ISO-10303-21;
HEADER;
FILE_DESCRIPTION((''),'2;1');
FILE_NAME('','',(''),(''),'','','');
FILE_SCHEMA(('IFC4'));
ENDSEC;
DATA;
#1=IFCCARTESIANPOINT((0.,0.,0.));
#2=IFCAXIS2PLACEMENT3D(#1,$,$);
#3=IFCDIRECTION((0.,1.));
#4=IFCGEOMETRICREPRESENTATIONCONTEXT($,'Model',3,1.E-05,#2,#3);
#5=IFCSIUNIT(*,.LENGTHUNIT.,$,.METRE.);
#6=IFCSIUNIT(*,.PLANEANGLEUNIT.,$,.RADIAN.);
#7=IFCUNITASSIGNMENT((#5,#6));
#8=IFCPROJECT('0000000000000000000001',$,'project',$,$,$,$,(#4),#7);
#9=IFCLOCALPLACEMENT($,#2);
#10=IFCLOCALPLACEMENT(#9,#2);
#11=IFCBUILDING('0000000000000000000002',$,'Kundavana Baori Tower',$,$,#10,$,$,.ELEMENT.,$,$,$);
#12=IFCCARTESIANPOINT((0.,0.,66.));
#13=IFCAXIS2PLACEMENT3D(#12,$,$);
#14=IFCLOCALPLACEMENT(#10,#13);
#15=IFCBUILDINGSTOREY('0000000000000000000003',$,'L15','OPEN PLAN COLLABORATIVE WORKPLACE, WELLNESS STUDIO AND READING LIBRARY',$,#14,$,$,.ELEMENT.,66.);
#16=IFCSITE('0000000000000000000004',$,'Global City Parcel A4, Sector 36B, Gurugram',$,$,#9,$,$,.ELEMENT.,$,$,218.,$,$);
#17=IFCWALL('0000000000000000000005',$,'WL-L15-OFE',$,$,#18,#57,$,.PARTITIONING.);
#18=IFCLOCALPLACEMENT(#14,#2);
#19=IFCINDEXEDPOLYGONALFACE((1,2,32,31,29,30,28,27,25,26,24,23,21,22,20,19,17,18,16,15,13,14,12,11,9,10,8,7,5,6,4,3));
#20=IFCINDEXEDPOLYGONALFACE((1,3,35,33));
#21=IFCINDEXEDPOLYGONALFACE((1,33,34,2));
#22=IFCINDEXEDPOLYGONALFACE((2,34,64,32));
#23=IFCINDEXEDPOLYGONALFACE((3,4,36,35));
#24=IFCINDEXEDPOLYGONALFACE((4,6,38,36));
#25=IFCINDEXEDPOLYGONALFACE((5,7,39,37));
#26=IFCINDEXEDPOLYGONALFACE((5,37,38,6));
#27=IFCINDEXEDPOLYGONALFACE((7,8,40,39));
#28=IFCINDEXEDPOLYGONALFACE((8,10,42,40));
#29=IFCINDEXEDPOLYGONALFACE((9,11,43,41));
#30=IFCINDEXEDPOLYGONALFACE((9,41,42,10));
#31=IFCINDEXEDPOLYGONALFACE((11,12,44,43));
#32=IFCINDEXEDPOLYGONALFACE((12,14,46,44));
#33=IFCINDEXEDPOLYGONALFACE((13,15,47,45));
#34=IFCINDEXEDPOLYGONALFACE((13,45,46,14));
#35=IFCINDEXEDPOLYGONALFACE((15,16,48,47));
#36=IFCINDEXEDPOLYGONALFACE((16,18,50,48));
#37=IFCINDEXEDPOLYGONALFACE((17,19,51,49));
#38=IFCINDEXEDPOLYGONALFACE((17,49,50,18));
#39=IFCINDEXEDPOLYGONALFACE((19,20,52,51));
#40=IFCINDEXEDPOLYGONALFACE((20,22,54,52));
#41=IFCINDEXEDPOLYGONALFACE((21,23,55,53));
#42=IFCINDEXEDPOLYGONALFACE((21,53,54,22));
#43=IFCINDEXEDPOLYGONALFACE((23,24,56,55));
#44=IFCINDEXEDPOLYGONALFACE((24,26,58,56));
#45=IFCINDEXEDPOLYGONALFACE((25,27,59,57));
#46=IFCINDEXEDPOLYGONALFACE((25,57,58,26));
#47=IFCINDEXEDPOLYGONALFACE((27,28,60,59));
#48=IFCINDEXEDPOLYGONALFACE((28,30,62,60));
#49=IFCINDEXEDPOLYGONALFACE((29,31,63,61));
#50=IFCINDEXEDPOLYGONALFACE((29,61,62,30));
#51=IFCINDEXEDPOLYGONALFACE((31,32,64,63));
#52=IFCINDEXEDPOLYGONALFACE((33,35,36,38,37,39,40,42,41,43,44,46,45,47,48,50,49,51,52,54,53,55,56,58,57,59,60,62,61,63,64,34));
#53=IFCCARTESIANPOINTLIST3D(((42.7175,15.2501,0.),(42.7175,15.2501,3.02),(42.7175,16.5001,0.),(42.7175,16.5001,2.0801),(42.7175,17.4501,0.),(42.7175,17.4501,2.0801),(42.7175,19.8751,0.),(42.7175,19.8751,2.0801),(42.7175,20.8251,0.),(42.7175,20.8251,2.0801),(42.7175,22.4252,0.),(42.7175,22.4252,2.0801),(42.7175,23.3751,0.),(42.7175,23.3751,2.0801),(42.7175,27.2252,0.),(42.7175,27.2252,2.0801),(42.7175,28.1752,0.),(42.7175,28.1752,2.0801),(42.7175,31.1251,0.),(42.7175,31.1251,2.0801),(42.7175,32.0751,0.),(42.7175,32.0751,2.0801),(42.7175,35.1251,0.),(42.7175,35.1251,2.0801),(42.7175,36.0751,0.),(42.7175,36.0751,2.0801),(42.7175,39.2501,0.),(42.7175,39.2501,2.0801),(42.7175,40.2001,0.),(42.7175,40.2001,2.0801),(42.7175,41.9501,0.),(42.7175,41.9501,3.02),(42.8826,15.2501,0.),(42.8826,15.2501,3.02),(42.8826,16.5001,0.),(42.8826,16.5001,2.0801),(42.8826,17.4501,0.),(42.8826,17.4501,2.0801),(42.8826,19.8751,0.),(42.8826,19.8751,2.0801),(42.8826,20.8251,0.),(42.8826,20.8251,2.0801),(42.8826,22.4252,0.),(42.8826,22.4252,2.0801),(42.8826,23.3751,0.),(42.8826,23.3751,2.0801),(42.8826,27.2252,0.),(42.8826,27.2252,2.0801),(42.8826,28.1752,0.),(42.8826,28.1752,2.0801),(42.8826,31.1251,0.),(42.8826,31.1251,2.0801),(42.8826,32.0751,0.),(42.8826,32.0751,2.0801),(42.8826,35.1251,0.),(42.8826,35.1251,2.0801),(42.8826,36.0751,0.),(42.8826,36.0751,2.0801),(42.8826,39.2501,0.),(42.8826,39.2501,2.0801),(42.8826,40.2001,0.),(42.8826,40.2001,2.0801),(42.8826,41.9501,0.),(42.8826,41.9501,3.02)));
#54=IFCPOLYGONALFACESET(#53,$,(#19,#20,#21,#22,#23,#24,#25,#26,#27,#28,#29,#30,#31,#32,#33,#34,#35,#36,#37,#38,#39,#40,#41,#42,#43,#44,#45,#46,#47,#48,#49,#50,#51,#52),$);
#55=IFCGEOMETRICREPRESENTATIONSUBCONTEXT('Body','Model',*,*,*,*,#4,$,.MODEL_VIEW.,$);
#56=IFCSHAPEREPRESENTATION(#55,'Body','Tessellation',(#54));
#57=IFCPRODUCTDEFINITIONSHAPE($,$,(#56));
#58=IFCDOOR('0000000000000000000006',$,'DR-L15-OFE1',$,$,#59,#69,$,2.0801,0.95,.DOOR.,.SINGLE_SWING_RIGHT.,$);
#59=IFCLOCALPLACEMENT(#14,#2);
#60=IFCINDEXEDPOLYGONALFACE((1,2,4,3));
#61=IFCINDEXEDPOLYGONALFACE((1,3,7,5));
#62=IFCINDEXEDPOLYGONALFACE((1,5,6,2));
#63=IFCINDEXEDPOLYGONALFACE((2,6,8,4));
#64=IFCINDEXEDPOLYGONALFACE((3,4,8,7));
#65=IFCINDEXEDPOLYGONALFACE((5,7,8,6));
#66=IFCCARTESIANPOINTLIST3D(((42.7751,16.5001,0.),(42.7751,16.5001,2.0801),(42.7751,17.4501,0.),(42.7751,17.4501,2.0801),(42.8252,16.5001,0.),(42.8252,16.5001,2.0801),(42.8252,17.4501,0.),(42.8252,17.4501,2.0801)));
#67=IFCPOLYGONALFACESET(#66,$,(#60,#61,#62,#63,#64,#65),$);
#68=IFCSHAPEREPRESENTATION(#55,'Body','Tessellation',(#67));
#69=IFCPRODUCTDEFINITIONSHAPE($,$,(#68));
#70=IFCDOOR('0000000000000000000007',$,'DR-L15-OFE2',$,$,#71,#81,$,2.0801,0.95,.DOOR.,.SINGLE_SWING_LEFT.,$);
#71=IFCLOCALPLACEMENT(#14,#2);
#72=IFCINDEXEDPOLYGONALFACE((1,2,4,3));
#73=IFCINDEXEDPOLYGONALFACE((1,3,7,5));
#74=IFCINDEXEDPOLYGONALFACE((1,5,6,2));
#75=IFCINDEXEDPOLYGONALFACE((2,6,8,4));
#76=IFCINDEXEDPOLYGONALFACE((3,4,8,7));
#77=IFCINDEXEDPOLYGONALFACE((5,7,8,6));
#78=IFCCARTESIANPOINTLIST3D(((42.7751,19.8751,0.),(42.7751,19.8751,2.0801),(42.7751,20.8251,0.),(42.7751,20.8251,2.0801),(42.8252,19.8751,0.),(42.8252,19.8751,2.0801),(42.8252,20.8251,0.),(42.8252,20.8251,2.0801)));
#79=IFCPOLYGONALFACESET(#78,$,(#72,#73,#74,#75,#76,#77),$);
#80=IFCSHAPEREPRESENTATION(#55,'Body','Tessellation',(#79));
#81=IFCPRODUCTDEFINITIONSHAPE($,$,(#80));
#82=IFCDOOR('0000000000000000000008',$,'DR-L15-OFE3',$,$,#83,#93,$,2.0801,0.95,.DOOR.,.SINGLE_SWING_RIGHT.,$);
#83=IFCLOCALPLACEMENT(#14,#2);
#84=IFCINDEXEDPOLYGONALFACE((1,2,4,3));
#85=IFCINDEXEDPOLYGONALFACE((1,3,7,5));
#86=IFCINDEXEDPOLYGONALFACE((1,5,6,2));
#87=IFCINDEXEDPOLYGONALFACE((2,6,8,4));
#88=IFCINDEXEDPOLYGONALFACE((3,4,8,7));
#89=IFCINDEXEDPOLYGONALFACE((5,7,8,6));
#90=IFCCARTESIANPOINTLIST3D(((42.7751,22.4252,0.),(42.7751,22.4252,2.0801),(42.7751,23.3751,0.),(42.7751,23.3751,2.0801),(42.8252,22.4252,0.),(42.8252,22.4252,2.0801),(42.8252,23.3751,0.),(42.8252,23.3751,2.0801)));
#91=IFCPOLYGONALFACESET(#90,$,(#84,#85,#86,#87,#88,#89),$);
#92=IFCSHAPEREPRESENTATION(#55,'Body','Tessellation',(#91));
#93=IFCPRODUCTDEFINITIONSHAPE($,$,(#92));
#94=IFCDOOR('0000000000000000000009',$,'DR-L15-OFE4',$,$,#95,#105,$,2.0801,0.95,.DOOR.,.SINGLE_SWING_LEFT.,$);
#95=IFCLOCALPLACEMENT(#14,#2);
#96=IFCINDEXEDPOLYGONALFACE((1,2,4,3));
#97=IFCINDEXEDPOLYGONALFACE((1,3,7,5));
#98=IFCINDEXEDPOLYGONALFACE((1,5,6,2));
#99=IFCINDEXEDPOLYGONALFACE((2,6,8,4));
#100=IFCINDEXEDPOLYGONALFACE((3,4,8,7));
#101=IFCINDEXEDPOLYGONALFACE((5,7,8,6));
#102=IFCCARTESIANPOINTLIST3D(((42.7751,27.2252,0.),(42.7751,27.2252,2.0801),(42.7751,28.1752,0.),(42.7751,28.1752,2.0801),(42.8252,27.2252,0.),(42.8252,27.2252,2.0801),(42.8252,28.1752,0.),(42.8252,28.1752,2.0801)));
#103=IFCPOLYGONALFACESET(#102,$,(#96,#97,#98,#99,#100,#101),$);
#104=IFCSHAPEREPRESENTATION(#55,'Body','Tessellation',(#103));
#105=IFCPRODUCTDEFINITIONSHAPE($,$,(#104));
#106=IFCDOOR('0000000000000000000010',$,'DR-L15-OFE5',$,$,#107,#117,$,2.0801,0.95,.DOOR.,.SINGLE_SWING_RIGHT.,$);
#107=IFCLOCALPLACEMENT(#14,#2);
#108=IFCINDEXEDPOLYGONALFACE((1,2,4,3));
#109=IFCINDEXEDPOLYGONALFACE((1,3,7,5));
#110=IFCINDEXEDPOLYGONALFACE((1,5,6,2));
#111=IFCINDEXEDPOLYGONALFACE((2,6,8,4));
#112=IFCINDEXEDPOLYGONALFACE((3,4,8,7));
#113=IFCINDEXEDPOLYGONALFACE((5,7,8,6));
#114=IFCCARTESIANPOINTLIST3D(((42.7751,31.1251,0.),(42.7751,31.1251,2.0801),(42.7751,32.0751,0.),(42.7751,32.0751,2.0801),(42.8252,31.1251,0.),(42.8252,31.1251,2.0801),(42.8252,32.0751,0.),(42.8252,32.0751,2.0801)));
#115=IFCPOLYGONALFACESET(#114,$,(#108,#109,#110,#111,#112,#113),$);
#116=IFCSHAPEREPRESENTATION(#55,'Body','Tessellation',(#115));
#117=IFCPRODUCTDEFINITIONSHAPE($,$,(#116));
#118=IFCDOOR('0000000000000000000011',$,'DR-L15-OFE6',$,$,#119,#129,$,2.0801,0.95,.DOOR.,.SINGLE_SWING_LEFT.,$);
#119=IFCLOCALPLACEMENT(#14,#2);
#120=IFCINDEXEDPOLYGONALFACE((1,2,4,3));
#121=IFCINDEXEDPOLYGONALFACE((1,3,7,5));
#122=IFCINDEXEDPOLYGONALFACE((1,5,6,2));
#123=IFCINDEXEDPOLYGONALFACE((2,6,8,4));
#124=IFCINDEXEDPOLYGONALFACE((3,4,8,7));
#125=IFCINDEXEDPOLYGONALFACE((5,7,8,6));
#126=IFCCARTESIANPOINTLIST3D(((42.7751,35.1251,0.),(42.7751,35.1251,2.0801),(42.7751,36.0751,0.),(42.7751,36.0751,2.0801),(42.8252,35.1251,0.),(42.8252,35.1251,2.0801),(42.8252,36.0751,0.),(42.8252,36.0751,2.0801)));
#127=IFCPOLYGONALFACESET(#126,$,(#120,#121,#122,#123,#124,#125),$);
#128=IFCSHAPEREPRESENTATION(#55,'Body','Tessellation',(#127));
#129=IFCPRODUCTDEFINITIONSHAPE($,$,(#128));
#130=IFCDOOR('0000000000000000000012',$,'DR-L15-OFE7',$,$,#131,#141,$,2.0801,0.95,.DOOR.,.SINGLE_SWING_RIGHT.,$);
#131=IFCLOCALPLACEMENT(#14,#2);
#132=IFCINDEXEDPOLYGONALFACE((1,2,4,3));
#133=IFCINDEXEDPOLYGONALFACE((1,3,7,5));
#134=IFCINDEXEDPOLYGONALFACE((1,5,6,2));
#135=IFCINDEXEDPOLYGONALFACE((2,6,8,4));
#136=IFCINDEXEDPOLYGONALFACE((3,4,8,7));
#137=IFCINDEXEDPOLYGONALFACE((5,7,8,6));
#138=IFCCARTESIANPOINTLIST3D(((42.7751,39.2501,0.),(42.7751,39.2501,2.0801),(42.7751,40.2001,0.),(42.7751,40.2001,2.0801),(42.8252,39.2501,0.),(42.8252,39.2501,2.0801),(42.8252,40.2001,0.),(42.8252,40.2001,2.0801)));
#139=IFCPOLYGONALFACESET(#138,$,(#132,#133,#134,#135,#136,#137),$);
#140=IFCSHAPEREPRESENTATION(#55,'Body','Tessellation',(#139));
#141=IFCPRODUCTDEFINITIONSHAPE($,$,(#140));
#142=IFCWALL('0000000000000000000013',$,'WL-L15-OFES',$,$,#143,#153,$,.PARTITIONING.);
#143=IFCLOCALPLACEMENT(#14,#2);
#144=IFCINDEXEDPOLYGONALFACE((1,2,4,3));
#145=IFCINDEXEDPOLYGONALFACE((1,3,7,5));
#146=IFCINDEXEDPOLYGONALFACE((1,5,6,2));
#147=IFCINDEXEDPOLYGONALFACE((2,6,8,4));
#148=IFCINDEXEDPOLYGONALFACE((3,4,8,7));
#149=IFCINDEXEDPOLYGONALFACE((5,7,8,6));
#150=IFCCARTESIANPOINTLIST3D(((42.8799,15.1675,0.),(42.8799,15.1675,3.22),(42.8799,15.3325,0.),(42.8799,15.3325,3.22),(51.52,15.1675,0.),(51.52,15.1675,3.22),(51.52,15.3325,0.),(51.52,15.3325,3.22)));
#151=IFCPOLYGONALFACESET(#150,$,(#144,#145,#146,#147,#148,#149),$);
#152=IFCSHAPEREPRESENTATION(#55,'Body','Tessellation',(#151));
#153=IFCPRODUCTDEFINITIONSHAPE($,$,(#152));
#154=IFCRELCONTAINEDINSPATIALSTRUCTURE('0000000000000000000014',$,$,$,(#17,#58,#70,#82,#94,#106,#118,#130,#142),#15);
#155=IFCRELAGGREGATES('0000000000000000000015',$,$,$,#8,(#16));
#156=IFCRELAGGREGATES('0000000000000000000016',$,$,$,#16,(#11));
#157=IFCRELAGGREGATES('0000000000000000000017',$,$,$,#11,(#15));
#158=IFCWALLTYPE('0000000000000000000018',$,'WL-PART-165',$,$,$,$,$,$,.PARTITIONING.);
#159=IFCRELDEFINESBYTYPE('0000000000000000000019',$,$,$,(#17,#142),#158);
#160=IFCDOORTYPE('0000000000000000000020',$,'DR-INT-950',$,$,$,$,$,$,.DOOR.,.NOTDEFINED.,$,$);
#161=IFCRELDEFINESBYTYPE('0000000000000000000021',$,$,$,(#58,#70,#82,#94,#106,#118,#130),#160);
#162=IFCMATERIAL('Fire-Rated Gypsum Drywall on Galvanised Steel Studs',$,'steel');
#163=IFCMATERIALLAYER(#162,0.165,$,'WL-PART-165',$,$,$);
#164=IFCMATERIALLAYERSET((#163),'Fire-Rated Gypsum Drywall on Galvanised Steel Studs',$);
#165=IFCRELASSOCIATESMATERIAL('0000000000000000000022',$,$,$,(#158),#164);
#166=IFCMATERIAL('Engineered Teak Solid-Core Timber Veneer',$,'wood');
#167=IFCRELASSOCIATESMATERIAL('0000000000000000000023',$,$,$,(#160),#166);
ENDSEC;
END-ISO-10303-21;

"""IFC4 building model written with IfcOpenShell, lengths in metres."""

from ifc_helpers import new_model, si_unit, direction, frame, frame_2d, origin, place, context, subcontext, project, spatial, rectangle, extrude, material, layer, layer_set, type_object, element, fill, save


model = new_model("IFC4")

# Units and contexts
model_context = context("Model", 3, precision=1e-05, world=origin(), true_north=direction((0.0, 1.0)))
body_context = subcontext(model_context, "Body", "Model", "MODEL_VIEW")
ifc_project = project(units=[si_unit("LENGTHUNIT", "METRE"), si_unit("PLANEANGLEUNIT", "RADIAN")], contexts=[model_context])

# Site, building, storey
site_placement = place(None, origin())
site = spatial("IfcSite", under=ifc_project, at=site_placement, Name="Global City Parcel A4, Sector 36B, Gurugram", CompositionType="ELEMENT", RefElevation=218.0)
building_placement = place(site_placement, origin())
building = spatial("IfcBuilding", under=site, at=building_placement, Name="Kundavana Baori Tower", CompositionType="ELEMENT")
storey_placement = place(building_placement, frame((0.0, 0.0, 66.0)))
storey = spatial("IfcBuildingStorey", under=building, at=storey_placement, Name="L15", Description="OPEN PLAN COLLABORATIVE WORKPLACE, WELLNESS STUDIO AND READING LIBRARY", CompositionType="ELEMENT", Elevation=66.0)

# Wall, openings, doors
ifc_material_1 = material(Name="Fire-Rated Gypsum Drywall on Galvanised Steel Studs", Category="steel")
ifc_layer_1 = layer(ifc_material_1, 0.165, Name="WL-PART-165")
ifc_layer_set_1 = layer_set([ifc_layer_1], Name="Fire-Rated Gypsum Drywall on Galvanised Steel Studs")
wall_type_1 = type_object("IfcWallType", Name="WL-PART-165", PredefinedType="PARTITIONING", material=ifc_layer_set_1)
wall_1_placement = place(storey_placement, frame((42.8, 15.25, 0.0), z_axis=(0.0, 0.0, 1.0), x_axis=(0.0, 1.0, 0.0)))
wall_1 = element("IfcWall", 1, at=wall_1_placement, inside=storey, type_object=wall_type_1, Name="WL-L15-OFE", PredefinedType="PARTITIONING", context=body_context, shape_type="SweptSolid", body=[
    extrude(rectangle(XDim=26.7, YDim=0.165, at=frame_2d((13.3501, 0.0))), origin(), (0.0, 0.0, 1.0), 3.02),
])
opening_1_placement = place(wall_1_placement, frame((1.25, 0.0, 0.0)))
opening_1 = element("IfcOpeningElement", 2, at=opening_1_placement, cuts=wall_1, PredefinedType="OPENING", context=body_context, shape_type="SweptSolid", body=[
    extrude(rectangle(XDim=0.95, YDim=2.0801, at=frame_2d((0.4751, 1.04))), frame((0.0, 0.0925, 0.0), z_axis=(0.0, -1.0, 0.0), x_axis=(1.0, 0.0, 0.0)), (0.0, 0.0, 1.0), 0.1851),
])
opening_2_placement = place(wall_1_placement, frame((4.625, 0.0, 0.0)))
opening_2 = element("IfcOpeningElement", 3, at=opening_2_placement, cuts=wall_1, PredefinedType="OPENING", context=body_context, shape_type="SweptSolid", body=[
    extrude(rectangle(XDim=0.95, YDim=2.0801, at=frame_2d((0.4751, 1.04))), frame((0.0, 0.0925, 0.0), z_axis=(0.0, -1.0, 0.0), x_axis=(1.0, 0.0, 0.0)), (0.0, 0.0, 1.0), 0.1851),
])
opening_3_placement = place(wall_1_placement, frame((7.175, 0.0, 0.0)))
opening_3 = element("IfcOpeningElement", 4, at=opening_3_placement, cuts=wall_1, PredefinedType="OPENING", context=body_context, shape_type="SweptSolid", body=[
    extrude(rectangle(XDim=0.95, YDim=2.0801, at=frame_2d((0.4751, 1.04))), frame((0.0, 0.0925, 0.0), z_axis=(0.0, -1.0, 0.0), x_axis=(1.0, 0.0, 0.0)), (0.0, 0.0, 1.0), 0.1851),
])
opening_4_placement = place(wall_1_placement, frame((11.9751, 0.0, 0.0)))
opening_4 = element("IfcOpeningElement", 5, at=opening_4_placement, cuts=wall_1, PredefinedType="OPENING", context=body_context, shape_type="SweptSolid", body=[
    extrude(rectangle(XDim=0.95, YDim=2.0801, at=frame_2d((0.4751, 1.04))), frame((0.0, 0.0925, 0.0), z_axis=(0.0, -1.0, 0.0), x_axis=(1.0, 0.0, 0.0)), (0.0, 0.0, 1.0), 0.1851),
])
opening_5_placement = place(wall_1_placement, frame((15.875, 0.0, 0.0)))
opening_5 = element("IfcOpeningElement", 6, at=opening_5_placement, cuts=wall_1, PredefinedType="OPENING", context=body_context, shape_type="SweptSolid", body=[
    extrude(rectangle(XDim=0.95, YDim=2.0801, at=frame_2d((0.4751, 1.04))), frame((0.0, 0.0925, 0.0), z_axis=(0.0, -1.0, 0.0), x_axis=(1.0, 0.0, 0.0)), (0.0, 0.0, 1.0), 0.1851),
])
opening_6_placement = place(wall_1_placement, frame((19.875, 0.0, 0.0)))
opening_6 = element("IfcOpeningElement", 7, at=opening_6_placement, cuts=wall_1, PredefinedType="OPENING", context=body_context, shape_type="SweptSolid", body=[
    extrude(rectangle(XDim=0.95, YDim=2.0801, at=frame_2d((0.4751, 1.04))), frame((0.0, 0.0925, 0.0), z_axis=(0.0, -1.0, 0.0), x_axis=(1.0, 0.0, 0.0)), (0.0, 0.0, 1.0), 0.1851),
])
opening_7_placement = place(wall_1_placement, frame((24.0, 0.0, 0.0)))
opening_7 = element("IfcOpeningElement", 8, at=opening_7_placement, cuts=wall_1, PredefinedType="OPENING", context=body_context, shape_type="SweptSolid", body=[
    extrude(rectangle(XDim=0.95, YDim=2.0801, at=frame_2d((0.4751, 1.04))), frame((0.0, 0.0925, 0.0), z_axis=(0.0, -1.0, 0.0), x_axis=(1.0, 0.0, 0.0)), (0.0, 0.0, 1.0), 0.1851),
])
ifc_material_2 = material(Name="Engineered Teak Solid-Core Timber Veneer", Category="wood")
door_type_1 = type_object("IfcDoorType", Name="DR-INT-950", OperationType="NOTDEFINED", PredefinedType="DOOR", material=ifc_material_2)
door_1_placement = place(opening_1_placement, origin())
door_1 = element("IfcDoor", 9, at=door_1_placement, inside=storey, type_object=door_type_1, Name="DR-L15-OFE1", OperationType="SINGLE_SWING_RIGHT", OverallHeight=2.0801, OverallWidth=0.95, PredefinedType="DOOR", context=body_context, shape_type="SweptSolid", body=[
    extrude(rectangle(XDim=0.95, YDim=2.0801, at=frame_2d((0.4751, 1.04))), frame((0.0, 0.0249, 0.0), z_axis=(0.0, -1.0, 0.0), x_axis=(1.0, 0.0, 0.0)), (0.0, 0.0, 1.0), 0.05),
])
fill(opening_1, door_1)
door_2_placement = place(opening_2_placement, origin())
door_2 = element("IfcDoor", 10, at=door_2_placement, inside=storey, type_object=door_type_1, Name="DR-L15-OFE2", OperationType="SINGLE_SWING_LEFT", OverallHeight=2.0801, OverallWidth=0.95, PredefinedType="DOOR", context=body_context, shape_type="SweptSolid", body=[
    extrude(rectangle(XDim=0.95, YDim=2.0801, at=frame_2d((0.4751, 1.04))), frame((0.0, 0.0249, 0.0), z_axis=(0.0, -1.0, 0.0), x_axis=(1.0, 0.0, 0.0)), (0.0, 0.0, 1.0), 0.05),
])
fill(opening_2, door_2)
door_3_placement = place(opening_3_placement, origin())
door_3 = element("IfcDoor", 11, at=door_3_placement, inside=storey, type_object=door_type_1, Name="DR-L15-OFE3", OperationType="SINGLE_SWING_RIGHT", OverallHeight=2.0801, OverallWidth=0.95, PredefinedType="DOOR", context=body_context, shape_type="SweptSolid", body=[
    extrude(rectangle(XDim=0.95, YDim=2.0801, at=frame_2d((0.4751, 1.04))), frame((0.0, 0.0249, 0.0), z_axis=(0.0, -1.0, 0.0), x_axis=(1.0, 0.0, 0.0)), (0.0, 0.0, 1.0), 0.05),
])
fill(opening_3, door_3)
door_4_placement = place(opening_4_placement, origin())
door_4 = element("IfcDoor", 12, at=door_4_placement, inside=storey, type_object=door_type_1, Name="DR-L15-OFE4", OperationType="SINGLE_SWING_LEFT", OverallHeight=2.0801, OverallWidth=0.95, PredefinedType="DOOR", context=body_context, shape_type="SweptSolid", body=[
    extrude(rectangle(XDim=0.95, YDim=2.0801, at=frame_2d((0.4751, 1.04))), frame((0.0, 0.0249, 0.0), z_axis=(0.0, -1.0, 0.0), x_axis=(1.0, 0.0, 0.0)), (0.0, 0.0, 1.0), 0.05),
])
fill(opening_4, door_4)
door_5_placement = place(opening_5_placement, origin())
door_5 = element("IfcDoor", 13, at=door_5_placement, inside=storey, type_object=door_type_1, Name="DR-L15-OFE5", OperationType="SINGLE_SWING_RIGHT", OverallHeight=2.0801, OverallWidth=0.95, PredefinedType="DOOR", context=body_context, shape_type="SweptSolid", body=[
    extrude(rectangle(XDim=0.95, YDim=2.0801, at=frame_2d((0.4751, 1.04))), frame((0.0, 0.0249, 0.0), z_axis=(0.0, -1.0, 0.0), x_axis=(1.0, 0.0, 0.0)), (0.0, 0.0, 1.0), 0.05),
])
fill(opening_5, door_5)
door_6_placement = place(opening_6_placement, origin())
door_6 = element("IfcDoor", 14, at=door_6_placement, inside=storey, type_object=door_type_1, Name="DR-L15-OFE6", OperationType="SINGLE_SWING_LEFT", OverallHeight=2.0801, OverallWidth=0.95, PredefinedType="DOOR", context=body_context, shape_type="SweptSolid", body=[
    extrude(rectangle(XDim=0.95, YDim=2.0801, at=frame_2d((0.4751, 1.04))), frame((0.0, 0.0249, 0.0), z_axis=(0.0, -1.0, 0.0), x_axis=(1.0, 0.0, 0.0)), (0.0, 0.0, 1.0), 0.05),
])
fill(opening_6, door_6)
door_7_placement = place(opening_7_placement, origin())
door_7 = element("IfcDoor", 15, at=door_7_placement, inside=storey, type_object=door_type_1, Name="DR-L15-OFE7", OperationType="SINGLE_SWING_RIGHT", OverallHeight=2.0801, OverallWidth=0.95, PredefinedType="DOOR", context=body_context, shape_type="SweptSolid", body=[
    extrude(rectangle(XDim=0.95, YDim=2.0801, at=frame_2d((0.4751, 1.04))), frame((0.0, 0.0249, 0.0), z_axis=(0.0, -1.0, 0.0), x_axis=(1.0, 0.0, 0.0)), (0.0, 0.0, 1.0), 0.05),
])
fill(opening_7, door_7)

# Wall
wall_2_placement = place(storey_placement, frame((42.8799, 15.25, 0.0), z_axis=(0.0, 0.0, 1.0), x_axis=(1.0, 0.0, 0.0)))
element("IfcWall", 16, at=wall_2_placement, inside=storey, type_object=wall_type_1, Name="WL-L15-OFES", PredefinedType="PARTITIONING", context=body_context, shape_type="SweptSolid", body=[
    extrude(rectangle(XDim=8.6401, YDim=0.165, at=frame_2d((4.3201, 0.0))), origin(), (0.0, 0.0, 1.0), 3.22),
])

save(model, "model.ifc")
